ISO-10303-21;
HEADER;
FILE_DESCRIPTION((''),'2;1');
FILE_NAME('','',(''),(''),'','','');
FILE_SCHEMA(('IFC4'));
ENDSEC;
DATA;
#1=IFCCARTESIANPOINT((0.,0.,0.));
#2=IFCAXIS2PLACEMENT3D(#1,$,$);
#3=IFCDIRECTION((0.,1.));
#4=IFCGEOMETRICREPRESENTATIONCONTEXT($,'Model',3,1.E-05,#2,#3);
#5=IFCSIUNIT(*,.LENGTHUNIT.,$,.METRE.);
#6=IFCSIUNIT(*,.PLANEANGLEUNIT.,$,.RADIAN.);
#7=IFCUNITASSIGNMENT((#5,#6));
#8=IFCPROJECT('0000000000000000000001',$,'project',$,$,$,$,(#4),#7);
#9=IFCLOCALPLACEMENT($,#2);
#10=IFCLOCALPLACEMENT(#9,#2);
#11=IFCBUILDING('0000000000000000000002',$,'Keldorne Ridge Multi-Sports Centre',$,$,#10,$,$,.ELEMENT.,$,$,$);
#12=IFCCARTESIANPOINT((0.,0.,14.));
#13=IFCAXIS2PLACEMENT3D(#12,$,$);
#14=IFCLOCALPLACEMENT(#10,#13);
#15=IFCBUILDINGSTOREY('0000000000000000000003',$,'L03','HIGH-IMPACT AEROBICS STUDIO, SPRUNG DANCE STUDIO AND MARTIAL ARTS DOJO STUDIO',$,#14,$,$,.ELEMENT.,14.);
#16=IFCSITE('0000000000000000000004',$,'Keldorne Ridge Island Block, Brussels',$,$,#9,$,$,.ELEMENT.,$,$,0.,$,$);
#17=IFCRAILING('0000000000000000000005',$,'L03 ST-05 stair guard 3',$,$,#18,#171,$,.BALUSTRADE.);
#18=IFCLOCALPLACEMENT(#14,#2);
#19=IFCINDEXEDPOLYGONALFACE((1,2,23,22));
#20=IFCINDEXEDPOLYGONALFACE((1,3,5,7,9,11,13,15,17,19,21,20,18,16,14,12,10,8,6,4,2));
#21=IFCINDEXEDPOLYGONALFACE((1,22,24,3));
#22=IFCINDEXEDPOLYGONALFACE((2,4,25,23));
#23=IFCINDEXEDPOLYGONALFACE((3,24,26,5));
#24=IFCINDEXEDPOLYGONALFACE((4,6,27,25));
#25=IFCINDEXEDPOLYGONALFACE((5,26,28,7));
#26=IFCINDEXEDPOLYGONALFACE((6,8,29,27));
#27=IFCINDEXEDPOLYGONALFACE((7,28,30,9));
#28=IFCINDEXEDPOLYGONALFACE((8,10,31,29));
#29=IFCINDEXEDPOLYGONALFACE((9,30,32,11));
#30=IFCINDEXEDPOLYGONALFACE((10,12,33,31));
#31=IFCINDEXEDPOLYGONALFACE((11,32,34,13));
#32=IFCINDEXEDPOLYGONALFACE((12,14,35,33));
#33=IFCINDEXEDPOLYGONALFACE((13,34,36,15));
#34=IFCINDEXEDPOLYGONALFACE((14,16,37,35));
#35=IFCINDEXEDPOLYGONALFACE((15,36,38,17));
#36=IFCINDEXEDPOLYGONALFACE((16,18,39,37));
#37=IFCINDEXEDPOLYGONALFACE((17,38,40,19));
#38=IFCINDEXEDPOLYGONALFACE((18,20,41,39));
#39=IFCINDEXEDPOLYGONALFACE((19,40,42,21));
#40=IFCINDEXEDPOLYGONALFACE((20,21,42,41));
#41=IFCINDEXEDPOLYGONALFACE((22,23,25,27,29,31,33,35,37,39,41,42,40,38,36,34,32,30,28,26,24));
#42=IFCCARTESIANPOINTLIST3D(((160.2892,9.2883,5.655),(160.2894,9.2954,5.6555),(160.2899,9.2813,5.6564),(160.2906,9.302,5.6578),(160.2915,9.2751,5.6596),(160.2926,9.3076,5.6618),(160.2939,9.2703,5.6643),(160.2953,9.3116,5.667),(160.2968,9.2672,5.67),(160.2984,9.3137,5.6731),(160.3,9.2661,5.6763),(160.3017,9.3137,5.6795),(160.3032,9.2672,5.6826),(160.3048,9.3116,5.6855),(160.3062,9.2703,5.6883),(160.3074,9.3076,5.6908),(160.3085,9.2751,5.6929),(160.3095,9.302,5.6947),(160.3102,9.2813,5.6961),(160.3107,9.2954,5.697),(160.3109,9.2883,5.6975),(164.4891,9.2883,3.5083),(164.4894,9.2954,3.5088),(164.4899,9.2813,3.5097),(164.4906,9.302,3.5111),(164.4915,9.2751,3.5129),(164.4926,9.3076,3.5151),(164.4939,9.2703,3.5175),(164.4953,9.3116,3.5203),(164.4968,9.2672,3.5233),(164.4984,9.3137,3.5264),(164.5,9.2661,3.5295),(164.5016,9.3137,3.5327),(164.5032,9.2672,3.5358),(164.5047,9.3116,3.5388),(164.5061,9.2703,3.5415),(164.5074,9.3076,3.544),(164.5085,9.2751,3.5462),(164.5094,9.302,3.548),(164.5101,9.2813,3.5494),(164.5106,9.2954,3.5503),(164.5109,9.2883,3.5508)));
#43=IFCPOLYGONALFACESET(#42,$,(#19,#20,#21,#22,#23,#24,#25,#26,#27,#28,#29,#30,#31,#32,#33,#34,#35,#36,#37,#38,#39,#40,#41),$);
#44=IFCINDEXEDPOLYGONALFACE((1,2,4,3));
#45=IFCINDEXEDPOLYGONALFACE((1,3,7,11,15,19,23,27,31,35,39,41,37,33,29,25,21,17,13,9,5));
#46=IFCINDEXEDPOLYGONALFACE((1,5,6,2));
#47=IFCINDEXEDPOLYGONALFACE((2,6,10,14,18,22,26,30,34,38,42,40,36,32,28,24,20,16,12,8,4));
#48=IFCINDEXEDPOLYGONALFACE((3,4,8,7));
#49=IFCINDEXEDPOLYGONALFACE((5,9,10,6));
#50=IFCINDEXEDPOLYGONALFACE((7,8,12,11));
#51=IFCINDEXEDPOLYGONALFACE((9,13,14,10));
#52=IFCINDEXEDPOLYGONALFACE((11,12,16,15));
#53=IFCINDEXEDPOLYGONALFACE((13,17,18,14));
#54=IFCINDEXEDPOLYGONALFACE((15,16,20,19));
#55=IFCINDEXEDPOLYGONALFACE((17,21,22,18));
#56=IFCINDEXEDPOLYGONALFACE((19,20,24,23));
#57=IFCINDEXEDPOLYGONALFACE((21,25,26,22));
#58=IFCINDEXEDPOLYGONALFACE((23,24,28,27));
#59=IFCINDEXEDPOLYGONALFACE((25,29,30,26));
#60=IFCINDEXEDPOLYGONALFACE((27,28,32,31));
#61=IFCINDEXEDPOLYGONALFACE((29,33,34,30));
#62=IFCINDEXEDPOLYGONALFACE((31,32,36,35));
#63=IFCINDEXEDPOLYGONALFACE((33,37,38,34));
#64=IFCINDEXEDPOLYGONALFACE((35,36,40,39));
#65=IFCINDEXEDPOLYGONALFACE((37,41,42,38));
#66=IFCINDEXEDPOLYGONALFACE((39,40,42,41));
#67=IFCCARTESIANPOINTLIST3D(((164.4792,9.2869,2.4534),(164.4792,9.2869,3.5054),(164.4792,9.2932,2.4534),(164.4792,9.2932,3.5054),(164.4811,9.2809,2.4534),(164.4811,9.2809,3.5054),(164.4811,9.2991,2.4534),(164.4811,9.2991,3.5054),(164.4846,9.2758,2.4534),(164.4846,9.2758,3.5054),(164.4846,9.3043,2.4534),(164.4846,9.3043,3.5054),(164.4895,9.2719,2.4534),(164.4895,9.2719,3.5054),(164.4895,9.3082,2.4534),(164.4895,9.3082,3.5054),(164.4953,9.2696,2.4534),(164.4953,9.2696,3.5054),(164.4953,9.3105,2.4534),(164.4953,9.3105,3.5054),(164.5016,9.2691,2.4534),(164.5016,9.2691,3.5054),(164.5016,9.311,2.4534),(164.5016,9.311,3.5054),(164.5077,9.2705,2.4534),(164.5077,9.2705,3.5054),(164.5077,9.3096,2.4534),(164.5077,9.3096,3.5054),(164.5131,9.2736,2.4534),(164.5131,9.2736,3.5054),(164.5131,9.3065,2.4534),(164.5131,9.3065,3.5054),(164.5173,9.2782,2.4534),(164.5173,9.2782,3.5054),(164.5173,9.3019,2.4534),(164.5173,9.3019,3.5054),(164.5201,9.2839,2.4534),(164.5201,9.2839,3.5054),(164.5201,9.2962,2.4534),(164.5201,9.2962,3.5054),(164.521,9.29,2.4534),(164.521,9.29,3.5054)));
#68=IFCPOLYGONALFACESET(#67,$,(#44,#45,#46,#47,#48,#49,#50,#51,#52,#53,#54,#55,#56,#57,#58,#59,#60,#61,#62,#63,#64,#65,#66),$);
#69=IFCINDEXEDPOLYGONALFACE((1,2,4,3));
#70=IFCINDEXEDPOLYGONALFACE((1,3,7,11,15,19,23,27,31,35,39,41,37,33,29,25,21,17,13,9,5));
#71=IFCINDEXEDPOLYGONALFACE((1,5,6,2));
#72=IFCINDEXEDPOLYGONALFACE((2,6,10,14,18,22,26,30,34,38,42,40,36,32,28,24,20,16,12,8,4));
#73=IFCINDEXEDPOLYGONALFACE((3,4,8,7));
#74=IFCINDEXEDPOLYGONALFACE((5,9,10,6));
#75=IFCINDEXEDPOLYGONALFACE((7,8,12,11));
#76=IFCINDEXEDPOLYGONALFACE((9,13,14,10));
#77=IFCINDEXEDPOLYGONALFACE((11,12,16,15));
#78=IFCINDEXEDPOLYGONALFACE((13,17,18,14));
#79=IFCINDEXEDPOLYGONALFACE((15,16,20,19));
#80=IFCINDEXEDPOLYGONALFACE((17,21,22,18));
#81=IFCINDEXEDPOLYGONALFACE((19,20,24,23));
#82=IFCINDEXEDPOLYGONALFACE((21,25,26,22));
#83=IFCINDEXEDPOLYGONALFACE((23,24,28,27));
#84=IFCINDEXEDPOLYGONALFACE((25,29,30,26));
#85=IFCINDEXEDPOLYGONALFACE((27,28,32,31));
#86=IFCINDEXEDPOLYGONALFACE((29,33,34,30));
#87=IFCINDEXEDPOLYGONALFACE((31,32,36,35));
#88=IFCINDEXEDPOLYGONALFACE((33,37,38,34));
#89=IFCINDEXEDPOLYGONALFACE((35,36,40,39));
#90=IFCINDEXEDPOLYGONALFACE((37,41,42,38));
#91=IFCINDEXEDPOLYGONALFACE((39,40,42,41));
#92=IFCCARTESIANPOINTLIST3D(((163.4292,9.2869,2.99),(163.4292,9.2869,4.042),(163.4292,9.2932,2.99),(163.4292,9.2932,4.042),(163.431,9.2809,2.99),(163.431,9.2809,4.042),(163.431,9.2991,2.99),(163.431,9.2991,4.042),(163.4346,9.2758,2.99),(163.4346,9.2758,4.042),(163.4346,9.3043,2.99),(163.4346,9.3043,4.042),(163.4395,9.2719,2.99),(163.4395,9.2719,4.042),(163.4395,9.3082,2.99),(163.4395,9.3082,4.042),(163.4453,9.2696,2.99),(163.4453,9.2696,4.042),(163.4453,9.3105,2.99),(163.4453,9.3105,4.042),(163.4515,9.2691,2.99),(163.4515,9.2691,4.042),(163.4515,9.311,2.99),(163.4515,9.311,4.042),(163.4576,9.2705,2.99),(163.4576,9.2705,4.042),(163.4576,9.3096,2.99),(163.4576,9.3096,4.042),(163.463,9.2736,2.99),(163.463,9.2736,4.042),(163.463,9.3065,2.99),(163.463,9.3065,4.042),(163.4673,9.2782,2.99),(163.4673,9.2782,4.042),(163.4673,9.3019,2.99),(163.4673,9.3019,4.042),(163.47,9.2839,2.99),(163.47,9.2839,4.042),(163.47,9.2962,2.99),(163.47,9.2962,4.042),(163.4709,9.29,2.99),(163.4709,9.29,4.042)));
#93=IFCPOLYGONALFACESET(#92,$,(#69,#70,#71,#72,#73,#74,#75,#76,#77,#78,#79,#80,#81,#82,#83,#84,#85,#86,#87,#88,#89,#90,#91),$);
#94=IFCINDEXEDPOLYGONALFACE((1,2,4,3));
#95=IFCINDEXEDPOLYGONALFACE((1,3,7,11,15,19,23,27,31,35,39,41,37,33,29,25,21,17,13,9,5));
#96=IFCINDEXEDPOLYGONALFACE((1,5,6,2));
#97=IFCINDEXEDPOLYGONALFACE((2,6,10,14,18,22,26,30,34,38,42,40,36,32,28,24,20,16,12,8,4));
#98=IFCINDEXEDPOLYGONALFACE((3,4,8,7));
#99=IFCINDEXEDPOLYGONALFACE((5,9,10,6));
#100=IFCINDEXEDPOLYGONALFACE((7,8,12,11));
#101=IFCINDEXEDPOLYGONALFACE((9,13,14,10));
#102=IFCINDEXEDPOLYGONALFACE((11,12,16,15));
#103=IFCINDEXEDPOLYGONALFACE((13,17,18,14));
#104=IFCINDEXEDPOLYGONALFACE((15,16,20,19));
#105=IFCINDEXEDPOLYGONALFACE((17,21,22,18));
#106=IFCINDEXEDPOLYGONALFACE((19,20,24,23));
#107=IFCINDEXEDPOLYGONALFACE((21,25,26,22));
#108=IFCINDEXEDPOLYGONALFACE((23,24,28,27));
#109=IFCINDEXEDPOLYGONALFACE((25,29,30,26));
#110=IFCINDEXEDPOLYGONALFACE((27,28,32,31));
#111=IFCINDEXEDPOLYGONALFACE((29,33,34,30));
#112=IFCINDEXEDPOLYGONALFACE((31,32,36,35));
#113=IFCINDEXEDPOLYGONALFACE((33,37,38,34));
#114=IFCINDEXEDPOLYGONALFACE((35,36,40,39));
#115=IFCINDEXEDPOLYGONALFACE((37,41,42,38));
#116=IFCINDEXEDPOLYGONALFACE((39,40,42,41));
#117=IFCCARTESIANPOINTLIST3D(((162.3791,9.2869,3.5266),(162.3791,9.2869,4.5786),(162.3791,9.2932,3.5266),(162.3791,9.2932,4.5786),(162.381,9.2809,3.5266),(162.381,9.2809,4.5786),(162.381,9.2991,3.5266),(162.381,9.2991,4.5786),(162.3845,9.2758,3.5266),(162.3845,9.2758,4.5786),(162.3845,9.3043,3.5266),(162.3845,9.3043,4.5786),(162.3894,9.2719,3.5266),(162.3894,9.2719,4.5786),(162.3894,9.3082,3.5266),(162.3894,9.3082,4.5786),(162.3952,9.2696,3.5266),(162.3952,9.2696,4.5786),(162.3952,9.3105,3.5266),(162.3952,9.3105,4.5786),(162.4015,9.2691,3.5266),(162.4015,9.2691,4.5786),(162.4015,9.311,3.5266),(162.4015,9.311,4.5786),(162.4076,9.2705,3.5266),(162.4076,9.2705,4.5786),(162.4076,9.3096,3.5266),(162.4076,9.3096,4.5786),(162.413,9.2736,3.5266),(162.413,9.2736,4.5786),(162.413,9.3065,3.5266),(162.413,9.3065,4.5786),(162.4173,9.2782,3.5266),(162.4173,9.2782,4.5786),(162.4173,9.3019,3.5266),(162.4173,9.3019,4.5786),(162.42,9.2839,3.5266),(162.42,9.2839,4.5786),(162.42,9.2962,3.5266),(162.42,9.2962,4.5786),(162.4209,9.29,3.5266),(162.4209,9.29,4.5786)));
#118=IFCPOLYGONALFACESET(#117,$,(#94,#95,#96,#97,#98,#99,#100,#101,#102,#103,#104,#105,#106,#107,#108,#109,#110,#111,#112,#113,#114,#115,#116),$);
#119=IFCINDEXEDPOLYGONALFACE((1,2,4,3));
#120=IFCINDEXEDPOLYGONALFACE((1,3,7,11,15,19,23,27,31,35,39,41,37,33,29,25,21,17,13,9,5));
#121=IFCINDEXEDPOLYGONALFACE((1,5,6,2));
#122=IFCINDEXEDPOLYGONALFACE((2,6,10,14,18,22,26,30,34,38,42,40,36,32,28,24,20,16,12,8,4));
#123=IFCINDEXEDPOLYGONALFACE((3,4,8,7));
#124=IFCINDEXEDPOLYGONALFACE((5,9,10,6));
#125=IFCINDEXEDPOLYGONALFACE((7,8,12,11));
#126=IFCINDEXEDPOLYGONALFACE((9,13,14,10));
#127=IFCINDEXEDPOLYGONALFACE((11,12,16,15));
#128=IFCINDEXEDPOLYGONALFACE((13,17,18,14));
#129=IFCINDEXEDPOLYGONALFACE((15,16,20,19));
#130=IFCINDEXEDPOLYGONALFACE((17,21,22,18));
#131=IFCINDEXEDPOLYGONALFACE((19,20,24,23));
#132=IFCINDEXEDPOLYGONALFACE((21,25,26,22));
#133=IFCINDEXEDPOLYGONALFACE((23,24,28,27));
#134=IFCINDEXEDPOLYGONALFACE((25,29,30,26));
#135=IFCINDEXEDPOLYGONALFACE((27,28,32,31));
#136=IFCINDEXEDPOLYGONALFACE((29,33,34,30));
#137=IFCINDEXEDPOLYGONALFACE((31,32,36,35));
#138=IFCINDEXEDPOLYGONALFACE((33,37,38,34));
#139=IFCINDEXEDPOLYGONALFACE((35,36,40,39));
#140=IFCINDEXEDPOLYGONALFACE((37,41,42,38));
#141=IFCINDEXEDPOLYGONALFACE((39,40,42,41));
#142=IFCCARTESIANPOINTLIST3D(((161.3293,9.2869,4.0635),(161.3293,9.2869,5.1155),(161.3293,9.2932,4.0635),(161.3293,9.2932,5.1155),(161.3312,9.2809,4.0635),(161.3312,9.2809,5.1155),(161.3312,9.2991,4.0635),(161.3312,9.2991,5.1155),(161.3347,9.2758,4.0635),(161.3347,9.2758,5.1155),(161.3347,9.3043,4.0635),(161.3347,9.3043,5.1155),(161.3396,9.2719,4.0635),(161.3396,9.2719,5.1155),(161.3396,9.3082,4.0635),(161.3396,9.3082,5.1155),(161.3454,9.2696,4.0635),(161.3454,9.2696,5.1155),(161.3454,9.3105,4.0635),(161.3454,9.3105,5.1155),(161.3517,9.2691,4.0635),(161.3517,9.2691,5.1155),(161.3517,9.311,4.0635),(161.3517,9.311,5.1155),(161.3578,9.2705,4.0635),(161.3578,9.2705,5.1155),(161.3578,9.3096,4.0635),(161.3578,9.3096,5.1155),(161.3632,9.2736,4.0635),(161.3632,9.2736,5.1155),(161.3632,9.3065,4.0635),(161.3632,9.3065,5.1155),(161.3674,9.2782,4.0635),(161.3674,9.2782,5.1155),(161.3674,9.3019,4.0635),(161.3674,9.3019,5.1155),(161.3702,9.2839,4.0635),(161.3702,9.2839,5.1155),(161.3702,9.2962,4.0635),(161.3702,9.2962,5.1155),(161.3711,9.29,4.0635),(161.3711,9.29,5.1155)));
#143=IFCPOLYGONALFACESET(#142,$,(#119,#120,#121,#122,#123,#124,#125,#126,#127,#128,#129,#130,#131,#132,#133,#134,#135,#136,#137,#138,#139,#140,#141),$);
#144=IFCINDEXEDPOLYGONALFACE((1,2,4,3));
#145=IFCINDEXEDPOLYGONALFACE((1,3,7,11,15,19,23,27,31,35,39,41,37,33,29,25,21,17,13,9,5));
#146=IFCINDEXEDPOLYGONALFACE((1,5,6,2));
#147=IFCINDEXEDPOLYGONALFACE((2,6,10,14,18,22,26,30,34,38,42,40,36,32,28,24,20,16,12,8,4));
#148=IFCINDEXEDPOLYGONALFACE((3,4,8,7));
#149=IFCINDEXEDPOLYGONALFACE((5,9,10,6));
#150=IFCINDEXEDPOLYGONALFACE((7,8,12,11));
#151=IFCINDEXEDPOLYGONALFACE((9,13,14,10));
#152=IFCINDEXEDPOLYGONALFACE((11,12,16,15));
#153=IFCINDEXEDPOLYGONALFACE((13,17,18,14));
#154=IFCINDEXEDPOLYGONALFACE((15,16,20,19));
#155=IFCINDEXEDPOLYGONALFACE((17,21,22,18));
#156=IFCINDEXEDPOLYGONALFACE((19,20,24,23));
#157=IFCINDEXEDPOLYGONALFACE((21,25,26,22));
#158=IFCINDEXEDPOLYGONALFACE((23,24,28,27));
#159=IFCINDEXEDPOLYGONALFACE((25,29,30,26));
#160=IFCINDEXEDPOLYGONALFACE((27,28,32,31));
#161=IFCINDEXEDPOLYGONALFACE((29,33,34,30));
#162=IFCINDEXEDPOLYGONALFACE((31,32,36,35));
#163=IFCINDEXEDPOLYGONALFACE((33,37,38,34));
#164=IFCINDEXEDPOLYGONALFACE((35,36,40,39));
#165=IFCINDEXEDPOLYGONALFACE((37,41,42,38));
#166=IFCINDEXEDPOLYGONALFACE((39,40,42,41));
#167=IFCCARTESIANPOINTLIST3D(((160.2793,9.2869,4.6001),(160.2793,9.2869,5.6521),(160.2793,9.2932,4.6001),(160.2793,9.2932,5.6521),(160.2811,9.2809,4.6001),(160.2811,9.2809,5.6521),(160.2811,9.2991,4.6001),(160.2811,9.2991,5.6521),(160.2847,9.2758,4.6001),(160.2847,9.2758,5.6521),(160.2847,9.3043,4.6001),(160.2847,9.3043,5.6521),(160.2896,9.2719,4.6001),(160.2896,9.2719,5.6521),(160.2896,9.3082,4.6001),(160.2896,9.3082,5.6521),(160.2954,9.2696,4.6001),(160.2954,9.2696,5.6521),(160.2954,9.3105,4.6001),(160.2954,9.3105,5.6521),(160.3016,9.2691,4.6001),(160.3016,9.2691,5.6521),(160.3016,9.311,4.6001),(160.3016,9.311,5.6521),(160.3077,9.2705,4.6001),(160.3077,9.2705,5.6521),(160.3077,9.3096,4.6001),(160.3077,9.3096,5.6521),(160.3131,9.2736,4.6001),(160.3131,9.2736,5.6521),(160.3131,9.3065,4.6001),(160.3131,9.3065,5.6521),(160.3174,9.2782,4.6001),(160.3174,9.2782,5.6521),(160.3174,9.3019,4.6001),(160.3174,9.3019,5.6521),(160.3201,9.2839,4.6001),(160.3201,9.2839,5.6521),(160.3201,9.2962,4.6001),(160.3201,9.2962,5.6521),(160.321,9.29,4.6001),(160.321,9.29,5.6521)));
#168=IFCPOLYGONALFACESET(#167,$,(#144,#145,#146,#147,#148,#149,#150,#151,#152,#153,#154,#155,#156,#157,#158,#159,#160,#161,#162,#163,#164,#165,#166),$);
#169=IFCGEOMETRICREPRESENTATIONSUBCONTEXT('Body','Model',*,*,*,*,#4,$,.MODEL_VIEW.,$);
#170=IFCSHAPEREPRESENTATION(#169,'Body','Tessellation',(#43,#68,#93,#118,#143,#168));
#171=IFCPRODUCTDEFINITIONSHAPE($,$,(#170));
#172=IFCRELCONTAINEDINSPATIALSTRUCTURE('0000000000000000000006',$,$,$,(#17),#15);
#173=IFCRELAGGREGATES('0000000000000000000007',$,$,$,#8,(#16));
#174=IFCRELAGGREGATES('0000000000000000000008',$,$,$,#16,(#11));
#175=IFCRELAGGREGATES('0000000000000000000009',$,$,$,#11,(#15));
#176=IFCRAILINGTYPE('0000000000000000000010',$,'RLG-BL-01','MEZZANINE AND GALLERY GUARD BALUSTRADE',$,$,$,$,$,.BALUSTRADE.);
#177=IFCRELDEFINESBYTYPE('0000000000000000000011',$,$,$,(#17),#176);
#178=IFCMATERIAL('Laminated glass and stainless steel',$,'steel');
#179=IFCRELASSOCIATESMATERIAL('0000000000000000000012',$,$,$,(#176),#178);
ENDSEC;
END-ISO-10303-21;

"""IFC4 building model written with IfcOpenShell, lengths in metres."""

from ifc_helpers import new_model, si_unit, direction, frame, origin, origin_2d, place, context, subcontext, project, spatial, circle, extrude, material, type_object, element, save


model = new_model("IFC4")

# Units and contexts
model_context = context("Model", 3, precision=1e-05, world=origin(), true_north=direction((0.0, 1.0)))
body_context = subcontext(model_context, "Body", "Model", "MODEL_VIEW")
ifc_project = project(units=[si_unit("LENGTHUNIT", "METRE"), si_unit("PLANEANGLEUNIT", "RADIAN")], contexts=[model_context])

# Site, building, storey
site_placement = place(None, origin())
site = spatial("IfcSite", under=ifc_project, at=site_placement, Name="Keldorne Ridge Island Block, Brussels", CompositionType="ELEMENT", RefElevation=0.0)
building_placement = place(site_placement, origin())
building = spatial("IfcBuilding", under=site, at=building_placement, Name="Keldorne Ridge Multi-Sports Centre", CompositionType="ELEMENT")
storey_placement = place(building_placement, frame((0.0, 0.0, 14.0)))
storey = spatial("IfcBuildingStorey", under=building, at=storey_placement, Name="L03", Description="HIGH-IMPACT AEROBICS STUDIO, SPRUNG DANCE STUDIO AND MARTIAL ARTS DOJO STUDIO", CompositionType="ELEMENT", Elevation=14.0)

# Railing
ifc_material_1 = material(Name="Laminated glass and stainless steel", Category="steel")
railing_type_1 = type_object("IfcRailingType", Name="RLG-BL-01", Description="MEZZANINE AND GALLERY GUARD BALUSTRADE", PredefinedType="BALUSTRADE", material=ifc_material_1)
railing_1_placement = place(storey_placement, frame((164.5, 9.29, 2.4534)))
element("IfcRailing", 1, at=railing_1_placement, inside=storey, type_object=railing_type_1, Name="L03 ST-05 stair guard 3", PredefinedType="BALUSTRADE", context=body_context, shape_type="SweptSolid", body=[
    extrude(circle(Radius=0.0239, at=origin_2d()), frame((0.0, 0.0, 1.0762), z_axis=(-0.890427, 0.0, 0.455126), x_axis=(0.0, -1.0, 0.0)), (0.0, 0.0, 1.0), 4.7168),
    extrude(circle(Radius=0.021, at=origin_2d()), origin(), (0.0, 0.0, 1.0), 1.052),
    extrude(circle(Radius=0.021, at=origin_2d()), frame((-1.05, 0.0, 0.5366)), (0.0, 0.0, 1.0), 1.052),
    extrude(circle(Radius=0.021, at=origin_2d()), frame((-2.1001, 0.0, 1.0732)), (0.0, 0.0, 1.0), 1.052),
    extrude(circle(Radius=0.021, at=origin_2d()), frame((-3.1499, 0.0, 1.6101)), (0.0, 0.0, 1.0), 1.052),
    extrude(circle(Radius=0.021, at=origin_2d()), frame((-4.2, 0.0, 2.1467)), (0.0, 0.0, 1.0), 1.052),
])

save(model, "model.ifc")
